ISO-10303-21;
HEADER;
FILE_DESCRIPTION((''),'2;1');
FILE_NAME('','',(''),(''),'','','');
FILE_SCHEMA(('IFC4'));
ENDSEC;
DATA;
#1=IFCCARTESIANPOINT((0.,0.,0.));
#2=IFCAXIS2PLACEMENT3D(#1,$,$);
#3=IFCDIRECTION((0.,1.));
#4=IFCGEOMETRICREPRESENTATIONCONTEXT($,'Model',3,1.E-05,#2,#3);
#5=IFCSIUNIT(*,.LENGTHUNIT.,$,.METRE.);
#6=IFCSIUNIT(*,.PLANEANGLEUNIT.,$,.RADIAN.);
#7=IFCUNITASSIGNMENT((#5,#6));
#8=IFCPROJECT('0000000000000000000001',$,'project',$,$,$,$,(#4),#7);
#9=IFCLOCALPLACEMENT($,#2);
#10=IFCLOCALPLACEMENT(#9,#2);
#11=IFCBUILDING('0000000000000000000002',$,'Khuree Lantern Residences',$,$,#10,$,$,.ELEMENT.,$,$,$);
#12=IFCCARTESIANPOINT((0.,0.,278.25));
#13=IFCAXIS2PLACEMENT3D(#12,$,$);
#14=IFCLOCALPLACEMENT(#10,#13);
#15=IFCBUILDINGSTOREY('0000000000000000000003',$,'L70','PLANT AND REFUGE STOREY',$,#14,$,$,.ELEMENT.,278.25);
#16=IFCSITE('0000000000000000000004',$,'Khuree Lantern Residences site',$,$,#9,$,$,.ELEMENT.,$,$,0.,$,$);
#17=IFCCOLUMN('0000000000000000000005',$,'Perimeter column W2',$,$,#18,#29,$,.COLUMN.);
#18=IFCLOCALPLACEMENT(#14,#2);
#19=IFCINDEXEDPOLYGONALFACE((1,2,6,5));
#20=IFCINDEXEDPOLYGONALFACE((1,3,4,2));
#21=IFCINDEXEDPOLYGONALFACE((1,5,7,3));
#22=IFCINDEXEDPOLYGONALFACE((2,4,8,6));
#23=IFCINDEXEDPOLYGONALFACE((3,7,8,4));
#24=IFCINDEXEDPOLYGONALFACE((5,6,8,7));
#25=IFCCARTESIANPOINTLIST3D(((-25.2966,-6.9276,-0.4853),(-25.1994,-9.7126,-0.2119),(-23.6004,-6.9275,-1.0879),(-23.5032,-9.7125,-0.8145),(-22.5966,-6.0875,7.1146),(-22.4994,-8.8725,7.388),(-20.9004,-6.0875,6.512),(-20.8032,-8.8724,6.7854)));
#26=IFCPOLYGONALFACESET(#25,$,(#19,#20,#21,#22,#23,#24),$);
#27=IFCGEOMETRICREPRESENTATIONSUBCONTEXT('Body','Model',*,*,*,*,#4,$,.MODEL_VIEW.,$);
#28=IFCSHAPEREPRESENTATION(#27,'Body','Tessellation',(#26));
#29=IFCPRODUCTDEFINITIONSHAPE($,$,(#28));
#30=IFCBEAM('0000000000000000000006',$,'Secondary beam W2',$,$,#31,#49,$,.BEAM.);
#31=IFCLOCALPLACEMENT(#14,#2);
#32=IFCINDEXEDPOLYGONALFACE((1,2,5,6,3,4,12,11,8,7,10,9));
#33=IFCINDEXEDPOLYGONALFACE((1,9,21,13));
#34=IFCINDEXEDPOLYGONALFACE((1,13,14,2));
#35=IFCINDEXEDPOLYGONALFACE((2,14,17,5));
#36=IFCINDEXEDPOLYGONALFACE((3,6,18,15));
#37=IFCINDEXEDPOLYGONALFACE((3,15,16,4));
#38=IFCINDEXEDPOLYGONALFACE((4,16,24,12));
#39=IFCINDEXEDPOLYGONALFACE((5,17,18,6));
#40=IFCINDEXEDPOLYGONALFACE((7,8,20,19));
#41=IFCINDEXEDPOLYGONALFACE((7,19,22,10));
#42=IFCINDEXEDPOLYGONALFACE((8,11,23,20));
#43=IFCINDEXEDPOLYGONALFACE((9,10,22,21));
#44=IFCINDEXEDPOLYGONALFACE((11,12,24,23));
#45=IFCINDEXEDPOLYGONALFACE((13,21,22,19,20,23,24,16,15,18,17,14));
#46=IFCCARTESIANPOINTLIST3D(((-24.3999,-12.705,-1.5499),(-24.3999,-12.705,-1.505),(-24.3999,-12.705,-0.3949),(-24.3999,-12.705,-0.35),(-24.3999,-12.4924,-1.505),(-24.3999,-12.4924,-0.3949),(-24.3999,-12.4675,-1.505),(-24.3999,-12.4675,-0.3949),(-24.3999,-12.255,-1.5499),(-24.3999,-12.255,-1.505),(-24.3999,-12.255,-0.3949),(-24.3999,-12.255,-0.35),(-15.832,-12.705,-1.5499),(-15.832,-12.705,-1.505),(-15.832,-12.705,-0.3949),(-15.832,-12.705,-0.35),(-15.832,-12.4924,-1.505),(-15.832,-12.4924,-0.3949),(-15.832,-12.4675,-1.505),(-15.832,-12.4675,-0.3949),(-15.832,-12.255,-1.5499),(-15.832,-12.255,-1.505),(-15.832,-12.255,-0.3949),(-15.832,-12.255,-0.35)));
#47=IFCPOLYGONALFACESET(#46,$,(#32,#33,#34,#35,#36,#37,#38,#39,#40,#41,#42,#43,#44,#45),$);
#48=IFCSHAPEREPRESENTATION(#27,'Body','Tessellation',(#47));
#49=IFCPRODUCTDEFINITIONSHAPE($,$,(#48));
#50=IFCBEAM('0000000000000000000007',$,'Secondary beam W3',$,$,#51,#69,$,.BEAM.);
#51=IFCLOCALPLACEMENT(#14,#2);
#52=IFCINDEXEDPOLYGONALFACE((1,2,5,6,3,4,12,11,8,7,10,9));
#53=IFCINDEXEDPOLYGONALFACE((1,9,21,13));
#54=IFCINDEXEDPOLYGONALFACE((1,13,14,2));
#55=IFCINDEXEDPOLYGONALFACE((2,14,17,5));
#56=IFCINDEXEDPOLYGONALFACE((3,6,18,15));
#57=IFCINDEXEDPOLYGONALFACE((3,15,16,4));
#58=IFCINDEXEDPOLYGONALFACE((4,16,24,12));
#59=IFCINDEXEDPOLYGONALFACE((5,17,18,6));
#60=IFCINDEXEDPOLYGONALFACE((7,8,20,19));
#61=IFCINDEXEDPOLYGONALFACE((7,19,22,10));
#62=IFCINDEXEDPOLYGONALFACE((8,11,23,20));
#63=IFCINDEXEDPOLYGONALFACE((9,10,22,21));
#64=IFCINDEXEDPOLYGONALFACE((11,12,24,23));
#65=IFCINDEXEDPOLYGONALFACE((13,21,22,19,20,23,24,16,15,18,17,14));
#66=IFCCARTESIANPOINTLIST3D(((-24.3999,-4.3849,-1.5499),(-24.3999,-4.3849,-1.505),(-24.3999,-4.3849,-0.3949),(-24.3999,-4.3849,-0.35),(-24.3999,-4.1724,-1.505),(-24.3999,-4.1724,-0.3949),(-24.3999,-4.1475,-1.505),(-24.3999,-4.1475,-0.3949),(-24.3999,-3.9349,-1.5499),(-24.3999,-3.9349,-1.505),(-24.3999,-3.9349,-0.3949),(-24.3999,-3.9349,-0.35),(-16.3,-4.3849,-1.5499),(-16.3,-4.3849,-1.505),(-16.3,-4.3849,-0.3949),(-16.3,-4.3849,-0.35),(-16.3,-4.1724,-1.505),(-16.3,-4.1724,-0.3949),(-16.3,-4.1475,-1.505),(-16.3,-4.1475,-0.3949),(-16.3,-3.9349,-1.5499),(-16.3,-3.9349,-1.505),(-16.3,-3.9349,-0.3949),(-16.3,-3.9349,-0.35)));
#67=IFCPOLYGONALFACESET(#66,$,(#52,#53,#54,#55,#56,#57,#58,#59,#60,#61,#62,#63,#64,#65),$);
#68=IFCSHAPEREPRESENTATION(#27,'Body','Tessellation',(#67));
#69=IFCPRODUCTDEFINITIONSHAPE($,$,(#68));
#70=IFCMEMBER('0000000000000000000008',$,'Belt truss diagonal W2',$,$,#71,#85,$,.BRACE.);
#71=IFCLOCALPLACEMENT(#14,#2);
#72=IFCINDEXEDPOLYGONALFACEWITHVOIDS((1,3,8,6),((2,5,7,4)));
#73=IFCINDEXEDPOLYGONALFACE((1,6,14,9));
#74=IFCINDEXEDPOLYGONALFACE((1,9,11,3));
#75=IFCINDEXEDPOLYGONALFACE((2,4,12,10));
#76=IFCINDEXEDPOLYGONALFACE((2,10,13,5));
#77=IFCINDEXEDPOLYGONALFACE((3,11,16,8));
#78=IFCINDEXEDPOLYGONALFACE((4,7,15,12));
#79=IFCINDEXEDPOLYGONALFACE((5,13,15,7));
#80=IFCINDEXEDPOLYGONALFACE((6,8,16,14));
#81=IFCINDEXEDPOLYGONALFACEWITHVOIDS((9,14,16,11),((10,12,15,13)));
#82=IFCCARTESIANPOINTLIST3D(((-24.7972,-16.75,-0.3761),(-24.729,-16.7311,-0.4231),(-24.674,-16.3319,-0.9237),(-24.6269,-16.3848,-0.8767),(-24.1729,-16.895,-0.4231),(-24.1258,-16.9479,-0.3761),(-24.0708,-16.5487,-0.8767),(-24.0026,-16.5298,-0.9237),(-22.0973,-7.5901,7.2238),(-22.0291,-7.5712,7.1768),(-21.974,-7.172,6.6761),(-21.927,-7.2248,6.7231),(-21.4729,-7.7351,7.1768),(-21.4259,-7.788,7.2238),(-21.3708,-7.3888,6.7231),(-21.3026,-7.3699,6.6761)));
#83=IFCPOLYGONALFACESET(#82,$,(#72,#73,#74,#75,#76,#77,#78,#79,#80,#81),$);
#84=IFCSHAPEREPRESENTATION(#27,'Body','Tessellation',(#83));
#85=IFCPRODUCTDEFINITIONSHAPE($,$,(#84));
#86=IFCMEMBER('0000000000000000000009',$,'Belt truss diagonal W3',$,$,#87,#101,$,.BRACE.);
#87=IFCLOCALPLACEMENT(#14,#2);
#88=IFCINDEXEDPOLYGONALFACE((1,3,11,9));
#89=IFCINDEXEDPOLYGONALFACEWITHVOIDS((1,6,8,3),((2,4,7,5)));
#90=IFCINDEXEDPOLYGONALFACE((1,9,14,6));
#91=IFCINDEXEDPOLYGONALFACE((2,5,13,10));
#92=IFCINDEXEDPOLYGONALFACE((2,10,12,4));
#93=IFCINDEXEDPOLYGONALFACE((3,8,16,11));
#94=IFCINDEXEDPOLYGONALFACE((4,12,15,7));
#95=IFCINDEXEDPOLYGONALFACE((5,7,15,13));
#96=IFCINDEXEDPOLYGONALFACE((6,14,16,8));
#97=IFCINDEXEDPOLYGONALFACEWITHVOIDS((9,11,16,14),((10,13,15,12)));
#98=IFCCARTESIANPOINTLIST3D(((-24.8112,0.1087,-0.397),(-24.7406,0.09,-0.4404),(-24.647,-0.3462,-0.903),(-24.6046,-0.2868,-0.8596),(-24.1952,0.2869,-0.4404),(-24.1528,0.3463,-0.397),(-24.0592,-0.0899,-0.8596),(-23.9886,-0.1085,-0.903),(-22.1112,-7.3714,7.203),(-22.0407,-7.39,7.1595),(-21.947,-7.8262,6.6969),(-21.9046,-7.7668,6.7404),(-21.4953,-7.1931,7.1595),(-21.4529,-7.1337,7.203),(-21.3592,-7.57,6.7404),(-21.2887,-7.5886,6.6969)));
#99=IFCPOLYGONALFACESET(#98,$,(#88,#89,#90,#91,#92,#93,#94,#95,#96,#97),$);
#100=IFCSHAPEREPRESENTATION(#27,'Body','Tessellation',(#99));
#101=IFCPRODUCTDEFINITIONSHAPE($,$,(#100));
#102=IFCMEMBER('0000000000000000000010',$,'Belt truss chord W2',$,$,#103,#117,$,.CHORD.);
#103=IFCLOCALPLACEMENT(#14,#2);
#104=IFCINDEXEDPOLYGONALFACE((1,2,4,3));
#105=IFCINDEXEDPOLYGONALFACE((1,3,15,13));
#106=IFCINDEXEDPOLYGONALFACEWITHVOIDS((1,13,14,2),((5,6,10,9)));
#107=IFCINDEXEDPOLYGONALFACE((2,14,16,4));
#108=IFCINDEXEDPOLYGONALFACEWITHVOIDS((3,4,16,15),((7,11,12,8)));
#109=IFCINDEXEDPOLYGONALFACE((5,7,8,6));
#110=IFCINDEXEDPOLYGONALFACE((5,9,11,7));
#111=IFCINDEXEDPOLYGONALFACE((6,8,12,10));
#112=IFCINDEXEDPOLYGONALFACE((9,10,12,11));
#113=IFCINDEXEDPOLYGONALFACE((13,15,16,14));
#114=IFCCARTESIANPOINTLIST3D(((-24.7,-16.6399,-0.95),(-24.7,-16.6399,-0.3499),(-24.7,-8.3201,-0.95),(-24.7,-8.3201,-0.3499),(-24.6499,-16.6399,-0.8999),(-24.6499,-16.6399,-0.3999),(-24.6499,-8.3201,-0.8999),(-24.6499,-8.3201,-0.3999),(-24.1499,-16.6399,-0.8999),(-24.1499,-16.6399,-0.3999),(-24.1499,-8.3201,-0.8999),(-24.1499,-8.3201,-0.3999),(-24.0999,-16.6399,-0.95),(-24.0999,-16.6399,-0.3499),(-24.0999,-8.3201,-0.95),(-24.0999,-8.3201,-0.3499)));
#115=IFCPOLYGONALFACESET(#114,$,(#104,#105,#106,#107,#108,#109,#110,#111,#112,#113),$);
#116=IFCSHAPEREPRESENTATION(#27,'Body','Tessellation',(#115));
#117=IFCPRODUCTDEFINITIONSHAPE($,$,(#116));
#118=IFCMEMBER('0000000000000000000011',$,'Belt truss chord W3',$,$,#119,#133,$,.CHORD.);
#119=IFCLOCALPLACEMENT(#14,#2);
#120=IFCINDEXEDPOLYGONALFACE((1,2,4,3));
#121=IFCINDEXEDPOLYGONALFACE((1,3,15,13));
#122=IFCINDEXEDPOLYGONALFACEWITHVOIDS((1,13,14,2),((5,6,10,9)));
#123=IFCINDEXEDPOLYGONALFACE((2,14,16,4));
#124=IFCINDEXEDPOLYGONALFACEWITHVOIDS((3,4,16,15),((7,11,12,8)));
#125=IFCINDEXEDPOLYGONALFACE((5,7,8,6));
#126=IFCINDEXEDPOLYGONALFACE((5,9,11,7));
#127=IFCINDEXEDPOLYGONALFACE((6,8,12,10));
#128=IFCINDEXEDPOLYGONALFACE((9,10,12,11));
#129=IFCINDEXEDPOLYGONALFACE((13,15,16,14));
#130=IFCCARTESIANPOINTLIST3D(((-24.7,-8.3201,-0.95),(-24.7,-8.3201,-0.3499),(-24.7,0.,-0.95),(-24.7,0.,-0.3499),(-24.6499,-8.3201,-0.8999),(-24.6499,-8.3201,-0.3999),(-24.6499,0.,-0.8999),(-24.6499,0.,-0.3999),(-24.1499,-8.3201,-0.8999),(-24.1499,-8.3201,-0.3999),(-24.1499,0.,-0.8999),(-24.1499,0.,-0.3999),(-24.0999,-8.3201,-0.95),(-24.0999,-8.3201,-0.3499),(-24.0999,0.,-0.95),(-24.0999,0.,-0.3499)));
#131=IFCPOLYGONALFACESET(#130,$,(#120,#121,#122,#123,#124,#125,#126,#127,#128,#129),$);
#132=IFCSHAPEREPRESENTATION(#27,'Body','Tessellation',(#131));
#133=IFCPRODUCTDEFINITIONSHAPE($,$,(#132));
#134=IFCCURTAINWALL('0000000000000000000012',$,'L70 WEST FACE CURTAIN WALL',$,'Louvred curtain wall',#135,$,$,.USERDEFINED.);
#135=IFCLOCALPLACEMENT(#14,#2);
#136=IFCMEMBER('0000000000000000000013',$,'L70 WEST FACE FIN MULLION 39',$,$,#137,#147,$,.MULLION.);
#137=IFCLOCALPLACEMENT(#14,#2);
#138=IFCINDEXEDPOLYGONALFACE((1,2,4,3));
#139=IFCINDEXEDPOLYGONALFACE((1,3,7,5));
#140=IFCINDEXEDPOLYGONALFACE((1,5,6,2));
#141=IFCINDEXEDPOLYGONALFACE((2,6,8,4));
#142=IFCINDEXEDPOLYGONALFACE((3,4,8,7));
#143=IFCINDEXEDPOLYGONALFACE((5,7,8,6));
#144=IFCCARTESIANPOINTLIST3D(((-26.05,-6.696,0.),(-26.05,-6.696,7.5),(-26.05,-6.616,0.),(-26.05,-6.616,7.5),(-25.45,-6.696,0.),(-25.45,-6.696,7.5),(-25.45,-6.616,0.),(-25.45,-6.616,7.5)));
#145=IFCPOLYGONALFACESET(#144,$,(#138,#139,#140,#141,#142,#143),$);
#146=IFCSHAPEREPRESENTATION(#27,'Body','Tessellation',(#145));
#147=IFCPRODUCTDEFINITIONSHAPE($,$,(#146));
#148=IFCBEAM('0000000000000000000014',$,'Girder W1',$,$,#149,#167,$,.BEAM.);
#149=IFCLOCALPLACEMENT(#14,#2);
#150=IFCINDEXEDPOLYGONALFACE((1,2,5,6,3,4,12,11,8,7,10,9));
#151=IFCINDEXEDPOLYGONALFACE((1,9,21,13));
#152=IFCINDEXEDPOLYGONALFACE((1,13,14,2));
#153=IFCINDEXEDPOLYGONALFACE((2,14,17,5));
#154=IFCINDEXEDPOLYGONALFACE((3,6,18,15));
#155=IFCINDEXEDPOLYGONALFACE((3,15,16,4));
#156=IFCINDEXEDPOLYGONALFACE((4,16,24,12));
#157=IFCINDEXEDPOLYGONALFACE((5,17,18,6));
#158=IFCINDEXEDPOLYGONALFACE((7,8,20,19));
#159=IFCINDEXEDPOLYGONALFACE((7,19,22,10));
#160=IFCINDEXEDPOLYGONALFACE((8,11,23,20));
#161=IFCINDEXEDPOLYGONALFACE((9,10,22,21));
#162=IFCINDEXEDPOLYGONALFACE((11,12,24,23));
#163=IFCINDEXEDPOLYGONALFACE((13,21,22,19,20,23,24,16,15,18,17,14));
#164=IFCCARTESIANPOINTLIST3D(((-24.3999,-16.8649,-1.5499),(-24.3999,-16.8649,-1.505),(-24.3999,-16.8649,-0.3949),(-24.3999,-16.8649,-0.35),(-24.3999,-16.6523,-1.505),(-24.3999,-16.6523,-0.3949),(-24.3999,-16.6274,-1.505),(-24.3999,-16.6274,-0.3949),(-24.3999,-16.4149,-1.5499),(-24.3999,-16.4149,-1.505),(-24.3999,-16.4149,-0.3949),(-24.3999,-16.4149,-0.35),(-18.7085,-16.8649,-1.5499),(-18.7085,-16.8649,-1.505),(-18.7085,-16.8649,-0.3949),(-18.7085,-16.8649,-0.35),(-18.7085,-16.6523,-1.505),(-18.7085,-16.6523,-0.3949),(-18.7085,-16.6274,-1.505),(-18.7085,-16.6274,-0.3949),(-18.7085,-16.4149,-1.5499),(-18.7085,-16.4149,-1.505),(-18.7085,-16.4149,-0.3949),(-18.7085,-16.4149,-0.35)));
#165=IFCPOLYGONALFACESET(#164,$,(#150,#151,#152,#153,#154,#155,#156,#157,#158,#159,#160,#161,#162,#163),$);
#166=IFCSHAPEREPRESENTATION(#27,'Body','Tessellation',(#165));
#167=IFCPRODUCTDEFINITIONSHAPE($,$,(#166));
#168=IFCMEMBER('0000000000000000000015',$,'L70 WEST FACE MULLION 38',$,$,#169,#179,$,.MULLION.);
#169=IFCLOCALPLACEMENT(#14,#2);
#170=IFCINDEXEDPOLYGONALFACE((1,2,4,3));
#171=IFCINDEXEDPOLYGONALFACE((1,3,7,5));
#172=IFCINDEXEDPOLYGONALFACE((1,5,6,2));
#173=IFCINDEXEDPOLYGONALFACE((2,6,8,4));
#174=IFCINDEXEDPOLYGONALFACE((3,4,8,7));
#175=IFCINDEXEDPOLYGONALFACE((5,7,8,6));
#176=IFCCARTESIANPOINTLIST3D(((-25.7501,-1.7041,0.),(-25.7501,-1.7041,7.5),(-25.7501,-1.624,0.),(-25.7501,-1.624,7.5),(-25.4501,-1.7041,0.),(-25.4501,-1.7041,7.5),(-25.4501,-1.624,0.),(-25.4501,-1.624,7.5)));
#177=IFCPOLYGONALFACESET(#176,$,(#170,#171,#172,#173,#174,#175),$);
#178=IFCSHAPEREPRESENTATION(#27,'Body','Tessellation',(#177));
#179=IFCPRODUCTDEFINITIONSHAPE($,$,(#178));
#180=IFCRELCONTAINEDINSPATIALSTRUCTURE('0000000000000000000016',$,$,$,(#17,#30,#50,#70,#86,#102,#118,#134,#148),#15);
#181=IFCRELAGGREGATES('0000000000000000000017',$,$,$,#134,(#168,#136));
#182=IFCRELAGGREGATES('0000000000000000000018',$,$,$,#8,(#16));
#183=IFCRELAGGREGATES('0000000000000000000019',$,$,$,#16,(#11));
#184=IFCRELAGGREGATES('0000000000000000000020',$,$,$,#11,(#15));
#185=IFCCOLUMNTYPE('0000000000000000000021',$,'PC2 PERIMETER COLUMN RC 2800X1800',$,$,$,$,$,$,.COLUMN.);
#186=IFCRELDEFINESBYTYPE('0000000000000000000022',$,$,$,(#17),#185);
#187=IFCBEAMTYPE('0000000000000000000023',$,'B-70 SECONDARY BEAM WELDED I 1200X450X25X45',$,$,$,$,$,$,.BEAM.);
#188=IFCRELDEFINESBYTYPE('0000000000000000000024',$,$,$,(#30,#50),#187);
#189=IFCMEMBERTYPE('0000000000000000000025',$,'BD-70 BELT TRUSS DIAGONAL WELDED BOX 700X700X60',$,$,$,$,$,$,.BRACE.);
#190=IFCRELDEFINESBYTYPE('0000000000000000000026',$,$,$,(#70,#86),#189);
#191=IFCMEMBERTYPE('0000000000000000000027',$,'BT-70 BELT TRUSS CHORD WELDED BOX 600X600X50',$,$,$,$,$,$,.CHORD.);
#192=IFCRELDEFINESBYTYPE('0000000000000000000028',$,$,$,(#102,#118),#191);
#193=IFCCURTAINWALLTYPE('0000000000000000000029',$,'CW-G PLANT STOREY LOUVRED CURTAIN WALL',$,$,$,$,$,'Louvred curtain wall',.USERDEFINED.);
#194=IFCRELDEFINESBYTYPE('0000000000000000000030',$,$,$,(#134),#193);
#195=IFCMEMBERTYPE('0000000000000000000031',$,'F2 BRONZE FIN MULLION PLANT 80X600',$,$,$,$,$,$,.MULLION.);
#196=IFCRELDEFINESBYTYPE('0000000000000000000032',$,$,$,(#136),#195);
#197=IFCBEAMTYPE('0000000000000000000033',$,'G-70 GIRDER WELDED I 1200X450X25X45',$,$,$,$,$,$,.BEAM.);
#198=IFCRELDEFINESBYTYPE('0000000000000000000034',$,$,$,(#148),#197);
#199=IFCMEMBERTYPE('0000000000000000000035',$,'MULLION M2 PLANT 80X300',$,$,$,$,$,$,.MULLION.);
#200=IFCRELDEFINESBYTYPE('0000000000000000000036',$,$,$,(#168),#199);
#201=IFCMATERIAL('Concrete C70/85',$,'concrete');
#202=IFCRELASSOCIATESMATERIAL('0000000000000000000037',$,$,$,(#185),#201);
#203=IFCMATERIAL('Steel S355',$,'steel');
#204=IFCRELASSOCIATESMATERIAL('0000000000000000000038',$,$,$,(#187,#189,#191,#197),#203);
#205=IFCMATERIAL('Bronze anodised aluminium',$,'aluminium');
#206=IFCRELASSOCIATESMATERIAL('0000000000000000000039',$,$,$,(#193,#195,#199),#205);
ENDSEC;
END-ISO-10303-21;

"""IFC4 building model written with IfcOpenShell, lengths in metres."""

from ifc_helpers import new_model, si_unit, direction, frame, origin, origin_2d, place, context, subcontext, project, spatial, rectangle, hollow_rectangle, i_section, extrude, material, material_profile, profile_set, type_object, element, aggregate, save


model = new_model("IFC4")

# Units and contexts
model_context = context("Model", 3, precision=1e-05, world=origin(), true_north=direction((0.0, 1.0)))
body_context = subcontext(model_context, "Body", "Model", "MODEL_VIEW")
ifc_project = project(units=[si_unit("LENGTHUNIT", "METRE"), si_unit("PLANEANGLEUNIT", "RADIAN")], contexts=[model_context])

# Site, building, storey
site_placement = place(None, origin())
site = spatial("IfcSite", under=ifc_project, at=site_placement, Name="Khuree Lantern Residences site", CompositionType="ELEMENT", RefElevation=0.0)
building_placement = place(site_placement, origin())
building = spatial("IfcBuilding", under=site, at=building_placement, Name="Khuree Lantern Residences", CompositionType="ELEMENT")
storey_placement = place(building_placement, frame((0.0, 0.0, 278.25)))
storey = spatial("IfcBuildingStorey", under=building, at=storey_placement, Name="L70", Description="PLANT AND REFUGE STOREY", CompositionType="ELEMENT", Elevation=278.25)

# Column
ifc_material_1 = material(Name="Concrete C70/85", Category="concrete")
ifc_material_profile_1 = material_profile(ifc_material_1, rectangle(XDim=2.8, YDim=1.8, at=origin_2d()), Name="RC 2800X1800")
ifc_profile_set_1 = profile_set([ifc_material_profile_1], Name="Concrete C70/85")
column_type = type_object("IfcColumnType", Name="PC2 PERIMETER COLUMN RC 2800X1800", PredefinedType="COLUMN", material=ifc_profile_set_1)
column_placement = place(storey_placement, frame((-24.3999, -8.3201, -0.6499), z_axis=(0.332964, 0.103602, 0.937231), x_axis=(-0.034713, 0.994619, -0.097613)))
element("IfcColumn", 1, at=column_placement, inside=storey, type_object=column_type, Name="Perimeter column W2", PredefinedType="COLUMN", context=body_context, shape_type="SweptSolid", body=[
    extrude(rectangle(XDim=2.8, YDim=1.8, at=origin_2d()), origin(), (0.0, 0.0, 1.0), 8.1089),
])

# Beams
ifc_material_2 = material(Name="Steel S355", Category="steel")
ifc_material_profile_2 = material_profile(ifc_material_2, i_section(OverallWidth=0.45, OverallDepth=1.2, WebThickness=0.0249, FlangeThickness=0.0449, at=origin_2d()), Name="WELDED I 1200X450X25X45")
ifc_profile_set_2 = profile_set([ifc_material_profile_2], Name="Steel S355")
beam_type_1 = type_object("IfcBeamType", Name="B-70 SECONDARY BEAM WELDED I 1200X450X25X45", PredefinedType="BEAM", material=ifc_profile_set_2)
beam_1_placement = place(storey_placement, frame((-24.3999, -12.48, -0.95), z_axis=(1.0, 0.0, 0.0), x_axis=(0.0, 1.0, 0.0)))
element("IfcBeam", 2, at=beam_1_placement, inside=storey, type_object=beam_type_1, Name="Secondary beam W2", PredefinedType="BEAM", context=body_context, shape_type="SweptSolid", body=[
    extrude(i_section(OverallWidth=0.45, OverallDepth=1.2, WebThickness=0.0249, FlangeThickness=0.0449, at=origin_2d()), origin(), (0.0, 0.0, 1.0), 8.5679),
])
beam_2_placement = place(storey_placement, frame((-24.3999, -4.1599, -0.95), z_axis=(1.0, 0.0, 0.0), x_axis=(0.0, 1.0, 0.0)))
element("IfcBeam", 3, at=beam_2_placement, inside=storey, type_object=beam_type_1, Name="Secondary beam W3", PredefinedType="BEAM", context=body_context, shape_type="SweptSolid", body=[
    extrude(i_section(OverallWidth=0.45, OverallDepth=1.2, WebThickness=0.0249, FlangeThickness=0.0449, at=origin_2d()), origin(), (0.0, 0.0, 1.0), 8.0999),
])

# Members
ifc_material_profile_3 = material_profile(ifc_material_2, hollow_rectangle(XDim=0.7, YDim=0.7, WallThickness=0.0601, at=origin_2d()), Name="WELDED BOX 700X700X60")
ifc_profile_set_3 = profile_set([ifc_material_profile_3], Name="Steel S355")
member_type_1 = type_object("IfcMemberType", Name="BD-70 BELT TRUSS DIAGONAL WELDED BOX 700X700X60", PredefinedType="BRACE", material=ifc_profile_set_3)
member_1_placement = place(storey_placement, frame((-24.3999, -16.6399, -0.6499), z_axis=(0.221225, 0.750531, 0.622706), x_axis=(-0.959199, 0.282731, 0.0)))
element("IfcMember", 4, at=member_1_placement, inside=storey, type_object=member_type_1, Name="Belt truss diagonal W2", PredefinedType="BRACE", context=body_context, shape_type="SweptSolid", body=[
    extrude(hollow_rectangle(XDim=0.7, YDim=0.7, WallThickness=0.0601, at=origin_2d()), origin(), (0.0, 0.0, 1.0), 12.2046),
])
member_2_placement = place(storey_placement, frame((-21.7, -7.48, 6.95), z_axis=(-0.245453, 0.680005, -0.690903), x_axis=(-0.9406, -0.339516, 0.0)))
element("IfcMember", 5, at=member_2_placement, inside=storey, type_object=member_type_1, Name="Belt truss diagonal W3", PredefinedType="BRACE", context=body_context, shape_type="SweptSolid", body=[
    extrude(hollow_rectangle(XDim=0.7, YDim=0.7, WallThickness=0.0601, at=origin_2d()), origin(), (0.0, 0.0, 1.0), 11.0),
])
ifc_material_profile_4 = material_profile(ifc_material_2, hollow_rectangle(XDim=0.6001, YDim=0.6001, WallThickness=0.05, at=origin_2d()), Name="WELDED BOX 600X600X50")
ifc_profile_set_4 = profile_set([ifc_material_profile_4], Name="Steel S355")
member_type_2 = type_object("IfcMemberType", Name="BT-70 BELT TRUSS CHORD WELDED BOX 600X600X50", PredefinedType="CHORD", material=ifc_profile_set_4)
member_3_placement = place(storey_placement, frame((-24.3999, -16.6399, -0.6499), z_axis=(0.0, 1.0, 0.0), x_axis=(-1.0, 0.0, 0.0)))
element("IfcMember", 6, at=member_3_placement, inside=storey, type_object=member_type_2, Name="Belt truss chord W2", PredefinedType="CHORD", context=body_context, shape_type="SweptSolid", body=[
    extrude(hollow_rectangle(XDim=0.6001, YDim=0.6001, WallThickness=0.05, at=origin_2d()), origin(), (0.0, 0.0, 1.0), 8.3198),
])
member_4_placement = place(storey_placement, frame((-24.3999, -8.3201, -0.6499), z_axis=(0.0, 1.0, 0.0), x_axis=(-1.0, 0.0, 0.0)))
element("IfcMember", 7, at=member_4_placement, inside=storey, type_object=member_type_2, Name="Belt truss chord W3", PredefinedType="CHORD", context=body_context, shape_type="SweptSolid", body=[
    extrude(hollow_rectangle(XDim=0.6001, YDim=0.6001, WallThickness=0.05, at=origin_2d()), origin(), (0.0, 0.0, 1.0), 8.3201),
])

# Curtain wall, member
ifc_material_3 = material(Name="Bronze anodised aluminium", Category="aluminium")
curtain_wall_type = type_object("IfcCurtainWallType", Name="CW-G PLANT STOREY LOUVRED CURTAIN WALL", ElementType="Louvred curtain wall", PredefinedType="USERDEFINED", material=ifc_material_3)
curtain_wall_placement = place(storey_placement, origin())
curtain_wall = element("IfcCurtainWall", 8, at=curtain_wall_placement, inside=storey, type_object=curtain_wall_type, Name="L70 WEST FACE CURTAIN WALL", ObjectType="Louvred curtain wall", PredefinedType="USERDEFINED")
ifc_material_profile_5 = material_profile(ifc_material_3, rectangle(XDim=0.0801, YDim=0.6001, at=origin_2d()), Name="F2 80X600")
ifc_profile_set_5 = profile_set([ifc_material_profile_5], Name="Bronze anodised aluminium")
member_type_3 = type_object("IfcMemberType", Name="F2 BRONZE FIN MULLION PLANT 80X600", PredefinedType="MULLION", material=ifc_profile_set_5)
member_5_placement = place(storey_placement, frame((-25.75, -6.656, 0.0), z_axis=(0.0, 0.0, 1.0), x_axis=(0.0, -1.0, 0.0)))
member_5 = element("IfcMember", 9, at=member_5_placement, type_object=member_type_3, Name="L70 WEST FACE FIN MULLION 39", PredefinedType="MULLION", context=body_context, shape_type="SweptSolid", body=[
    extrude(rectangle(XDim=0.0801, YDim=0.6001, at=origin_2d()), origin(), (0.0, 0.0, 1.0), 7.5),
])

# Beam
ifc_material_profile_6 = material_profile(ifc_material_2, i_section(OverallWidth=0.45, OverallDepth=1.2, WebThickness=0.0249, FlangeThickness=0.0449, at=origin_2d()), Name="WELDED I 1200X450X25X45")
ifc_profile_set_6 = profile_set([ifc_material_profile_6], Name="Steel S355")
beam_type_2 = type_object("IfcBeamType", Name="G-70 GIRDER WELDED I 1200X450X25X45", PredefinedType="BEAM", material=ifc_profile_set_6)
beam_3_placement = place(storey_placement, frame((-24.3999, -16.6399, -0.95), z_axis=(1.0, 0.0, 0.0), x_axis=(0.0, 1.0, 0.0)))
element("IfcBeam", 10, at=beam_3_placement, inside=storey, type_object=beam_type_2, Name="Girder W1", PredefinedType="BEAM", context=body_context, shape_type="SweptSolid", body=[
    extrude(i_section(OverallWidth=0.45, OverallDepth=1.2, WebThickness=0.0249, FlangeThickness=0.0449, at=origin_2d()), origin(), (0.0, 0.0, 1.0), 5.6914),
])

# Member
ifc_material_profile_7 = material_profile(ifc_material_3, rectangle(XDim=0.0801, YDim=0.3, at=origin_2d()), Name="M2 80X300")
ifc_profile_set_7 = profile_set([ifc_material_profile_7], Name="Bronze anodised aluminium")
member_type_4 = type_object("IfcMemberType", Name="MULLION M2 PLANT 80X300", PredefinedType="MULLION", material=ifc_profile_set_7)
member_6_placement = place(storey_placement, frame((-25.6001, -1.6641, 0.0), z_axis=(0.0, 0.0, 1.0), x_axis=(0.0, -1.0, 0.0)))
member_6 = element("IfcMember", 11, at=member_6_placement, type_object=member_type_4, Name="L70 WEST FACE MULLION 38", PredefinedType="MULLION", context=body_context, shape_type="SweptSolid", body=[
    extrude(rectangle(XDim=0.0801, YDim=0.3, at=origin_2d()), origin(), (0.0, 0.0, 1.0), 7.5),
])

aggregate(curtain_wall, [member_6, member_5])

save(model, "model.ifc")
